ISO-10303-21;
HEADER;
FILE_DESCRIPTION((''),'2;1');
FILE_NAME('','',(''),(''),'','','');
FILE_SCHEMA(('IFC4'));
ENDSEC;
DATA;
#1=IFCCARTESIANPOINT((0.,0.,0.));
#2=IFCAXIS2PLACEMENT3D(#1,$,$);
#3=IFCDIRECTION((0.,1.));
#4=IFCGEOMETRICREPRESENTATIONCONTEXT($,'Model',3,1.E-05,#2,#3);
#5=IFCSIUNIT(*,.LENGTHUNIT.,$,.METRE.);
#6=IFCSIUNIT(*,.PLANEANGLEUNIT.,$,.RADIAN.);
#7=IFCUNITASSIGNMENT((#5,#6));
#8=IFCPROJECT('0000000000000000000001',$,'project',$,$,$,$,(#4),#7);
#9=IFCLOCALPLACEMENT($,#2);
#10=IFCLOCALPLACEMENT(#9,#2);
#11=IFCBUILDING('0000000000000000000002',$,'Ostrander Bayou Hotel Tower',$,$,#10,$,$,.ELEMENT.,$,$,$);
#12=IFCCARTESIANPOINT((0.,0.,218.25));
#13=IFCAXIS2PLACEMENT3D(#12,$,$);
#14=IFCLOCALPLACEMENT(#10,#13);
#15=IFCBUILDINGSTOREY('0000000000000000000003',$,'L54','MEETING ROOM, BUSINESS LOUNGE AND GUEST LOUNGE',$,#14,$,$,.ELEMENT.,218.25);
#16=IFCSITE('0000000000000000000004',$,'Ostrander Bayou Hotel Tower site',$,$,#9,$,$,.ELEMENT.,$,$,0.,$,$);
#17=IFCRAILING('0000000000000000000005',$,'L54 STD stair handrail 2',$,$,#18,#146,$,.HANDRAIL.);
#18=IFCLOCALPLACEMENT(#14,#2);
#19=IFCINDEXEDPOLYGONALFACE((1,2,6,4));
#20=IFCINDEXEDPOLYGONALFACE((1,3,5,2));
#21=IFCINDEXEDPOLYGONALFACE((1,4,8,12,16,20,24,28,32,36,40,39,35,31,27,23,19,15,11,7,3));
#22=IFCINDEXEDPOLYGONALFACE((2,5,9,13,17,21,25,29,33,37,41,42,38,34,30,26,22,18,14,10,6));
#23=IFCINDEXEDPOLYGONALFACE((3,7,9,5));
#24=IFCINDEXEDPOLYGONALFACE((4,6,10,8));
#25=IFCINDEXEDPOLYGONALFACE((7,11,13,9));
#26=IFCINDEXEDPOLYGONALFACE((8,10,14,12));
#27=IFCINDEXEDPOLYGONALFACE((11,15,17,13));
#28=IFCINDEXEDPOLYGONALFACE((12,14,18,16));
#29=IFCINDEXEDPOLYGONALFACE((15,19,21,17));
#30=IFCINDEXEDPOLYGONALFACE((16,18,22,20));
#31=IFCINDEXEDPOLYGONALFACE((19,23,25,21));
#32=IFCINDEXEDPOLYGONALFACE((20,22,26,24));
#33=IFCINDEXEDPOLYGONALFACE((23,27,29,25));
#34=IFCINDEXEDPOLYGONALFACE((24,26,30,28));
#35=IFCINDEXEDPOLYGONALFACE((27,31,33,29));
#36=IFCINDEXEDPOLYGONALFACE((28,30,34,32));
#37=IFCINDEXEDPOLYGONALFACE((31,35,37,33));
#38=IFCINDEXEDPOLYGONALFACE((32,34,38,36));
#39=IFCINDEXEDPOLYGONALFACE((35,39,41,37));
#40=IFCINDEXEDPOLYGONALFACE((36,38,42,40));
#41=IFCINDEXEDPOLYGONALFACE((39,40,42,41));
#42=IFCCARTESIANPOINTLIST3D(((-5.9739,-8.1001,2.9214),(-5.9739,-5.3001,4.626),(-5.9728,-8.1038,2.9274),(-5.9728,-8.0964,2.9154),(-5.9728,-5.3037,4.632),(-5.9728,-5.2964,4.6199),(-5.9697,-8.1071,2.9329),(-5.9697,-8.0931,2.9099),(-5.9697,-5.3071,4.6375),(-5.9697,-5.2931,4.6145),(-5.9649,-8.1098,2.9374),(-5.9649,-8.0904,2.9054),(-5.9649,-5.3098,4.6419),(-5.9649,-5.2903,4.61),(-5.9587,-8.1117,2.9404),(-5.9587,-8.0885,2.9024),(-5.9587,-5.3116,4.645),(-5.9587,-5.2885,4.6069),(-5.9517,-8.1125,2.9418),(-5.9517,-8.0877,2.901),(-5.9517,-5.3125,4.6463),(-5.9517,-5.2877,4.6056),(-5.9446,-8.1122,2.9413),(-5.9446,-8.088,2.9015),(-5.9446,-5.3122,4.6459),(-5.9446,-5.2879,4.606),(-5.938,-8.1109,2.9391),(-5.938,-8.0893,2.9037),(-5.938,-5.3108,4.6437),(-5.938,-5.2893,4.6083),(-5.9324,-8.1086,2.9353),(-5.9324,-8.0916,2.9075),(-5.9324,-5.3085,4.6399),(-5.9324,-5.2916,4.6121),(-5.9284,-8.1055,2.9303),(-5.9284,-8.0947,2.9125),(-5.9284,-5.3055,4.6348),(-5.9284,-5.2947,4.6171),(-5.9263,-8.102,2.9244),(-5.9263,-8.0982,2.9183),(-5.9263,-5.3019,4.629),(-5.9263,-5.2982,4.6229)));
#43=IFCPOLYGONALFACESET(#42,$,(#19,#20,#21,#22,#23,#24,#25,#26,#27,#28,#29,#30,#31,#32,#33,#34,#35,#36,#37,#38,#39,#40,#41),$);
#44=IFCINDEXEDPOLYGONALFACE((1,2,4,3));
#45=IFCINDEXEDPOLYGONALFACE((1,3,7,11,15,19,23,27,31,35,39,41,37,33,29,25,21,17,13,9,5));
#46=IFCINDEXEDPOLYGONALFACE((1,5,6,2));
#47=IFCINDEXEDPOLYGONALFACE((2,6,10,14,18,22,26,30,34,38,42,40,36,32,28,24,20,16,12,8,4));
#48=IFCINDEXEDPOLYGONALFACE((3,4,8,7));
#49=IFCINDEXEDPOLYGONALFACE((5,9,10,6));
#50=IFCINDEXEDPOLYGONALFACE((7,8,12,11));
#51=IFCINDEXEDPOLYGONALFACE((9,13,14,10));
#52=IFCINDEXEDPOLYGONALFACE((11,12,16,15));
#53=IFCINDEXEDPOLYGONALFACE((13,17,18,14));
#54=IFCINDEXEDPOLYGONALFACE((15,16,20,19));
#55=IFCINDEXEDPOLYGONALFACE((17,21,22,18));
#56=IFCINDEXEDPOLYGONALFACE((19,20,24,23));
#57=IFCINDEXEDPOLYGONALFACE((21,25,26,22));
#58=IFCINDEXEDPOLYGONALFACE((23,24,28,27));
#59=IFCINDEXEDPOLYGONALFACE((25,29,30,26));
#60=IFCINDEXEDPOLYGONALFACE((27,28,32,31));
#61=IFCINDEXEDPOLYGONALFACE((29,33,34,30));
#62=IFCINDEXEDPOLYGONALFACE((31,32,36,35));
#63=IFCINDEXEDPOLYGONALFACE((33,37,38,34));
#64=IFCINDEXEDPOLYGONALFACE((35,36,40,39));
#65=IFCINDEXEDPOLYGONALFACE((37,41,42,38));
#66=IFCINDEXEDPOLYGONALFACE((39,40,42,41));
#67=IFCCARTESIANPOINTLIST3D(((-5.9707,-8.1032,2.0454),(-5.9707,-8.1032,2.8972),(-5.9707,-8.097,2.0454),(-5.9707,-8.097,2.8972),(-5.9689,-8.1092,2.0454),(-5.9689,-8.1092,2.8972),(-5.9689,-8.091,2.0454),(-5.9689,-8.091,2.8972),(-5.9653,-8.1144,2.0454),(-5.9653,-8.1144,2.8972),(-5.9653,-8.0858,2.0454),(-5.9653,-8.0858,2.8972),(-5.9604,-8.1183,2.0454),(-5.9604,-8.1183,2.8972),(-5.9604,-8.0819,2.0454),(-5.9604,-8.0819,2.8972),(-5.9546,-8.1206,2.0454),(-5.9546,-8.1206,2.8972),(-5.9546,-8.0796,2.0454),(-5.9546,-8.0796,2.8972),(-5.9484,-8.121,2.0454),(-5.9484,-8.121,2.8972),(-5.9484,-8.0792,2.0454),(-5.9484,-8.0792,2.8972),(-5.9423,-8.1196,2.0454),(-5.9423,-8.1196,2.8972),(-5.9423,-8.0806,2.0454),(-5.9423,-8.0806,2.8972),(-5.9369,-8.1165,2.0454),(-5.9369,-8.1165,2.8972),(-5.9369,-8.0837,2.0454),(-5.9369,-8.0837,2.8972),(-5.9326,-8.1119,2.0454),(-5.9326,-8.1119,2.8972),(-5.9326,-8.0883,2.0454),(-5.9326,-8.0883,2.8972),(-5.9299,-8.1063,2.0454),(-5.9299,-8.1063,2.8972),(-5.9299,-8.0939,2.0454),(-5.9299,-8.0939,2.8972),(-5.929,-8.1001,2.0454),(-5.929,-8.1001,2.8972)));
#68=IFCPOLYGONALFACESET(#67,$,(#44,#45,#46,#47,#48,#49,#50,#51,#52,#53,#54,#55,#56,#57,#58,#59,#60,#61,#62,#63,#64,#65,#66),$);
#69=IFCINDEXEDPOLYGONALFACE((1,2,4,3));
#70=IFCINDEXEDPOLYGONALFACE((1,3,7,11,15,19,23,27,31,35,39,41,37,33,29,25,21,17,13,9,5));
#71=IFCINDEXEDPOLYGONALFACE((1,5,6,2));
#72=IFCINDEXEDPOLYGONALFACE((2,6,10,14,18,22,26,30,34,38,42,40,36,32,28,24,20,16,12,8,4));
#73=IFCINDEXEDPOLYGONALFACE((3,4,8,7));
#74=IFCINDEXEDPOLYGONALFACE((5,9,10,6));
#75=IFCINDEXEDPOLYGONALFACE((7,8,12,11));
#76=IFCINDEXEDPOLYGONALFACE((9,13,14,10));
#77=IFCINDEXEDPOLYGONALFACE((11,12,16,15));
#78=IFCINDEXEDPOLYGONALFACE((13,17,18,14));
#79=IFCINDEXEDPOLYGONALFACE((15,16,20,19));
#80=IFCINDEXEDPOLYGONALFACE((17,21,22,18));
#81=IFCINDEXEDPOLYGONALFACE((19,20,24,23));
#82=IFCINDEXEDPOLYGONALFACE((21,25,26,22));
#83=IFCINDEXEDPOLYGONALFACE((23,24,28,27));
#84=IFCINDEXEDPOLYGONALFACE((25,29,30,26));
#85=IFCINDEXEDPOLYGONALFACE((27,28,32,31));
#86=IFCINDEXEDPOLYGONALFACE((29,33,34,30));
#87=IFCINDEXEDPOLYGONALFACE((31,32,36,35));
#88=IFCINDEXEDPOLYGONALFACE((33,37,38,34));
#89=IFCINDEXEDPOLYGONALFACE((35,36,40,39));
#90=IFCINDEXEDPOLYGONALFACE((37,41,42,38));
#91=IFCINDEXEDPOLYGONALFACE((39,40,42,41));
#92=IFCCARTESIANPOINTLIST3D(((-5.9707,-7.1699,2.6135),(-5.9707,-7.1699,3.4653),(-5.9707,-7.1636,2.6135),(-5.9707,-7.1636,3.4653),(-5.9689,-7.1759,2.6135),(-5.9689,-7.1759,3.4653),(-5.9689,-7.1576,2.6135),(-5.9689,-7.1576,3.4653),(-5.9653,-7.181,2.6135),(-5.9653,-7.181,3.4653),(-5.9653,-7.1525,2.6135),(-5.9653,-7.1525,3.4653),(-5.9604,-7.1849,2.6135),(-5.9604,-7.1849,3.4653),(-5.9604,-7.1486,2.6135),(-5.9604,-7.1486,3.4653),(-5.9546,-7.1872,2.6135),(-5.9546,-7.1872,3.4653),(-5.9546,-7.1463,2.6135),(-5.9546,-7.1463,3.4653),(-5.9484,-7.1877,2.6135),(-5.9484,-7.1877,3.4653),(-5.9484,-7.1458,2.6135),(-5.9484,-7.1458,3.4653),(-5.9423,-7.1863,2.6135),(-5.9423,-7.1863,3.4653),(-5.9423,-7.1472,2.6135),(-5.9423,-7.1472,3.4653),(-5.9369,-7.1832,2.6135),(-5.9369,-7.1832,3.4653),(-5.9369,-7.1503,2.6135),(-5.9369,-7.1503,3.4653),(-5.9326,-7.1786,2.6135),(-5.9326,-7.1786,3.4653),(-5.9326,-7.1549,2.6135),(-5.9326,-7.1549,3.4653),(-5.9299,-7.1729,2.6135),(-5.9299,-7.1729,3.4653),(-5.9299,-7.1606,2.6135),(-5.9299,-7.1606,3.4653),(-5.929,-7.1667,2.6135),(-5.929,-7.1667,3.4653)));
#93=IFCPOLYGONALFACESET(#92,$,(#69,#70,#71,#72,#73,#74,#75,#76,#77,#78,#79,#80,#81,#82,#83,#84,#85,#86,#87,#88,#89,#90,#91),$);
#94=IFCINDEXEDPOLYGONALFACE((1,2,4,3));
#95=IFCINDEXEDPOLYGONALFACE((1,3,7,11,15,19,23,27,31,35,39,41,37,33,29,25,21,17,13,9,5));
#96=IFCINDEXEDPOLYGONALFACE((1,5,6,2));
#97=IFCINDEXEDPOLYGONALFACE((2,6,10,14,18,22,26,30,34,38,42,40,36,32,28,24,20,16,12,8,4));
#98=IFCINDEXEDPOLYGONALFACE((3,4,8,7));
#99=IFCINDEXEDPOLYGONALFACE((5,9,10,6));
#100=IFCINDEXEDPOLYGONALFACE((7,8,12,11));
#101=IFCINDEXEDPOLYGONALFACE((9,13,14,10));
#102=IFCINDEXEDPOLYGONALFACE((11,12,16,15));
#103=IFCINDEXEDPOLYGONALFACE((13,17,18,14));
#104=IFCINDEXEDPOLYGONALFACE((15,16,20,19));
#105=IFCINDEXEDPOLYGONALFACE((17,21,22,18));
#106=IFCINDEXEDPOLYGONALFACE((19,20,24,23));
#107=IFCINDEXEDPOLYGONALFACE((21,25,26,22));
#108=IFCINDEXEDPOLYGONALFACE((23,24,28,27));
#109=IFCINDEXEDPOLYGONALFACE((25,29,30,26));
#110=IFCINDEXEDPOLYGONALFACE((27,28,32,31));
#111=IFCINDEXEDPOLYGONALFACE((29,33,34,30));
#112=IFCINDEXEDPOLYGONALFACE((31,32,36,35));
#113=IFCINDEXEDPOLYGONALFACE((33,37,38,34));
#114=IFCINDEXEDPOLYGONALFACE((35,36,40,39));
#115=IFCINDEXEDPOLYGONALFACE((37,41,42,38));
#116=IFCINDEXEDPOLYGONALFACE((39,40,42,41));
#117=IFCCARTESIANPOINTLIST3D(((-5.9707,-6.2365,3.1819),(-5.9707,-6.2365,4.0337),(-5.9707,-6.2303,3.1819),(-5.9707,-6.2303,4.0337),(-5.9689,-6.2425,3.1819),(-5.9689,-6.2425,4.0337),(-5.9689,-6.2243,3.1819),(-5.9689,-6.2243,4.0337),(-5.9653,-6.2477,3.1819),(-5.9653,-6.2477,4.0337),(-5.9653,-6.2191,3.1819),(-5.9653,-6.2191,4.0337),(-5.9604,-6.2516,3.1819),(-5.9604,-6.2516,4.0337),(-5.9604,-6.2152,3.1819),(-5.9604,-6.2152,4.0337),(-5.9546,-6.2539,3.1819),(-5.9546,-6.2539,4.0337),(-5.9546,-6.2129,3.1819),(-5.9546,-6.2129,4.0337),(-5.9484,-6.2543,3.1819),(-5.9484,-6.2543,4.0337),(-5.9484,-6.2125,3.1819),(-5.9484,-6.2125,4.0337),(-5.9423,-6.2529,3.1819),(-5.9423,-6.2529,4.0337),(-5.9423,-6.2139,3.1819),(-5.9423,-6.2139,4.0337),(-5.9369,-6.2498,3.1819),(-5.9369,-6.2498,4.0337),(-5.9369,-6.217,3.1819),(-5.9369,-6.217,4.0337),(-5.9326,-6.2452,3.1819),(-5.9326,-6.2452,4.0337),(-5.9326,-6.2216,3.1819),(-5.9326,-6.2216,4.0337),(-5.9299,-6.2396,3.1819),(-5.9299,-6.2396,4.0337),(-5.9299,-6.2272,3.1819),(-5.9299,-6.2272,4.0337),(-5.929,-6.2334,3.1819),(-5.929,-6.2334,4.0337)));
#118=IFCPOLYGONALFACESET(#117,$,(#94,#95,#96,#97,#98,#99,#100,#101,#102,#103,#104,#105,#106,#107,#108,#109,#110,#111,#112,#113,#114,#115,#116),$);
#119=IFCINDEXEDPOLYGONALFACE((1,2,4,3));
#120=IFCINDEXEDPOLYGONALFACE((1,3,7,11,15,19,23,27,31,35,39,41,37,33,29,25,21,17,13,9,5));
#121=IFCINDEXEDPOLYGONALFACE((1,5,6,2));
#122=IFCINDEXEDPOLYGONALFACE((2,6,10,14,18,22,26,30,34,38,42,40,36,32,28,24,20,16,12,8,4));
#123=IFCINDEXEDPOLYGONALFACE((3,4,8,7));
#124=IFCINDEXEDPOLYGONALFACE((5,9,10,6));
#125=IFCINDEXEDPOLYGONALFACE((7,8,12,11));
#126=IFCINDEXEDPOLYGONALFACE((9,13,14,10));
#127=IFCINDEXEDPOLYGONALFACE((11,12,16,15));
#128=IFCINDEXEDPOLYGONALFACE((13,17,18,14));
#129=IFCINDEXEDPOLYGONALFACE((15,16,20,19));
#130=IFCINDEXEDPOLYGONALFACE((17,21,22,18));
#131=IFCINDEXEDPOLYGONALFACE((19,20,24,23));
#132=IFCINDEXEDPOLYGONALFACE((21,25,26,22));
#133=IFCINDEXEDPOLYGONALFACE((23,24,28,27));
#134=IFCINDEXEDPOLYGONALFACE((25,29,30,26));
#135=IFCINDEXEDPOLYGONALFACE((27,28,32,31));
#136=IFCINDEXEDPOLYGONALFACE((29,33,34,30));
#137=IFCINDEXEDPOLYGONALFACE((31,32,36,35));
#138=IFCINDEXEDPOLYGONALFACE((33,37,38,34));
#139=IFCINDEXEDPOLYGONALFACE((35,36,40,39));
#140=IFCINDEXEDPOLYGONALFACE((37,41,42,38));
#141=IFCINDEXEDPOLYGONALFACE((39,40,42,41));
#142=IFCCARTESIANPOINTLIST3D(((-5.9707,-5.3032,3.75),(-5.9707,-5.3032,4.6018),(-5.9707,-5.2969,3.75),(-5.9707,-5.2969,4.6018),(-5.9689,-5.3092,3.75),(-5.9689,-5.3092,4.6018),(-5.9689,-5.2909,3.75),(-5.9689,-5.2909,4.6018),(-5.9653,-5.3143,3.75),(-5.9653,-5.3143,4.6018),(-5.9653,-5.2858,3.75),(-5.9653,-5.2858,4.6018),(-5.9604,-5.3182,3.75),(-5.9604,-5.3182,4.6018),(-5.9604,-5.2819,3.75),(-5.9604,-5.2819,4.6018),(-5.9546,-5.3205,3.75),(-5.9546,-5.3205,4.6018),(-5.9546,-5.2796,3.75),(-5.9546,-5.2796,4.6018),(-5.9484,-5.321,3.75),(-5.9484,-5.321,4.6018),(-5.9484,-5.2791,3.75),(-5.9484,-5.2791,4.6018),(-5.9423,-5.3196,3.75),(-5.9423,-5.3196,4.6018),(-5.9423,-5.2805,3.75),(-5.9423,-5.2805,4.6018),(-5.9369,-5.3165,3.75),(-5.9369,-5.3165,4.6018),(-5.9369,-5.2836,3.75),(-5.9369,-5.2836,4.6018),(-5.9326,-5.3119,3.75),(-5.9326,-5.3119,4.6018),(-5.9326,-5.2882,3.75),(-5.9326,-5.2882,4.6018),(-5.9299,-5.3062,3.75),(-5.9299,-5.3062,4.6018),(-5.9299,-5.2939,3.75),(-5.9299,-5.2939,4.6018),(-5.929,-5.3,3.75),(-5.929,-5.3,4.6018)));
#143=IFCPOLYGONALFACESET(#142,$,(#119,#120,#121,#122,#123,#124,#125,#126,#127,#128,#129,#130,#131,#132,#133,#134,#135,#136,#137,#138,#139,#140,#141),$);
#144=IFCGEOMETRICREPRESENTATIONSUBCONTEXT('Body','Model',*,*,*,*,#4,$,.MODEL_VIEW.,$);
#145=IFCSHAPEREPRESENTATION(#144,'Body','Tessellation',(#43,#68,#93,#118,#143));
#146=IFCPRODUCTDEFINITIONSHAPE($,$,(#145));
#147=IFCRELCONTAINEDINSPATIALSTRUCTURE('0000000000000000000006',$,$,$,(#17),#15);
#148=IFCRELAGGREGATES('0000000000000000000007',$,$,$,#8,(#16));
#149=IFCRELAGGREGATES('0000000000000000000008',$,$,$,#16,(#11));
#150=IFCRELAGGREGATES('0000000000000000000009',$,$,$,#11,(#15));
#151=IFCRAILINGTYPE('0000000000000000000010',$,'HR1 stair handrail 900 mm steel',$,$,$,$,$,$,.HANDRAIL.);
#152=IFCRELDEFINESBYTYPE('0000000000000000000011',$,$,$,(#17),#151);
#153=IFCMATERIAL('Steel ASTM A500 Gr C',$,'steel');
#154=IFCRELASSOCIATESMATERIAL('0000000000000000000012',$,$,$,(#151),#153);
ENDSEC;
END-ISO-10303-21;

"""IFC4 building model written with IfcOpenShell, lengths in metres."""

from ifc_helpers import new_model, si_unit, direction, frame, origin, origin_2d, place, context, subcontext, project, spatial, circle, extrude, material, type_object, element, save


model = new_model("IFC4")

# Units and contexts
model_context = context("Model", 3, precision=1e-05, world=origin(), true_north=direction((0.0, 1.0)))
body_context = subcontext(model_context, "Body", "Model", "MODEL_VIEW")
ifc_project = project(units=[si_unit("LENGTHUNIT", "METRE"), si_unit("PLANEANGLEUNIT", "RADIAN")], contexts=[model_context])

# Site, building, storey
site_placement = place(None, origin())
site = spatial("IfcSite", under=ifc_project, at=site_placement, Name="Ostrander Bayou Hotel Tower site", CompositionType="ELEMENT", RefElevation=0.0)
building_placement = place(site_placement, origin())
building = spatial("IfcBuilding", under=site, at=building_placement, Name="Ostrander Bayou Hotel Tower", CompositionType="ELEMENT")
storey_placement = place(building_placement, frame((0.0, 0.0, 218.25)))
storey = spatial("IfcBuildingStorey", under=building, at=storey_placement, Name="L54", Description="MEETING ROOM, BUSINESS LOUNGE AND GUEST LOUNGE", CompositionType="ELEMENT", Elevation=218.25)

# Railing
ifc_material_1 = material(Name="Steel ASTM A500 Gr C", Category="steel")
railing_type_1 = type_object("IfcRailingType", Name="HR1 stair handrail 900 mm steel", PredefinedType="HANDRAIL", material=ifc_material_1)
railing_1_placement = place(storey_placement, frame((-5.95, -8.1001, 2.0454)))
element("IfcRailing", 1, at=railing_1_placement, inside=storey, type_object=railing_type_1, Name="L54 STD stair handrail 2", PredefinedType="HANDRAIL", context=body_context, shape_type="SweptSolid", body=[
    extrude(circle(Radius=0.0239, at=origin_2d()), frame((0.0, 0.0, 0.876), z_axis=(0.0, 0.85417, 0.519994), x_axis=(-1.0, 0.0, 0.0)), (0.0, 0.0, 1.0), 3.2781),
    extrude(circle(Radius=0.021, at=origin_2d()), origin(), (0.0, 0.0, 1.0), 0.8518),
    extrude(circle(Radius=0.021, at=origin_2d()), frame((0.0, 0.9333, 0.5681)), (0.0, 0.0, 1.0), 0.8518),
    extrude(circle(Radius=0.021, at=origin_2d()), frame((0.0, 1.8667, 1.1365)), (0.0, 0.0, 1.0), 0.8518),
    extrude(circle(Radius=0.021, at=origin_2d()), frame((0.0, 2.8, 1.7046)), (0.0, 0.0, 1.0), 0.8518),
])

save(model, "model.ifc")
